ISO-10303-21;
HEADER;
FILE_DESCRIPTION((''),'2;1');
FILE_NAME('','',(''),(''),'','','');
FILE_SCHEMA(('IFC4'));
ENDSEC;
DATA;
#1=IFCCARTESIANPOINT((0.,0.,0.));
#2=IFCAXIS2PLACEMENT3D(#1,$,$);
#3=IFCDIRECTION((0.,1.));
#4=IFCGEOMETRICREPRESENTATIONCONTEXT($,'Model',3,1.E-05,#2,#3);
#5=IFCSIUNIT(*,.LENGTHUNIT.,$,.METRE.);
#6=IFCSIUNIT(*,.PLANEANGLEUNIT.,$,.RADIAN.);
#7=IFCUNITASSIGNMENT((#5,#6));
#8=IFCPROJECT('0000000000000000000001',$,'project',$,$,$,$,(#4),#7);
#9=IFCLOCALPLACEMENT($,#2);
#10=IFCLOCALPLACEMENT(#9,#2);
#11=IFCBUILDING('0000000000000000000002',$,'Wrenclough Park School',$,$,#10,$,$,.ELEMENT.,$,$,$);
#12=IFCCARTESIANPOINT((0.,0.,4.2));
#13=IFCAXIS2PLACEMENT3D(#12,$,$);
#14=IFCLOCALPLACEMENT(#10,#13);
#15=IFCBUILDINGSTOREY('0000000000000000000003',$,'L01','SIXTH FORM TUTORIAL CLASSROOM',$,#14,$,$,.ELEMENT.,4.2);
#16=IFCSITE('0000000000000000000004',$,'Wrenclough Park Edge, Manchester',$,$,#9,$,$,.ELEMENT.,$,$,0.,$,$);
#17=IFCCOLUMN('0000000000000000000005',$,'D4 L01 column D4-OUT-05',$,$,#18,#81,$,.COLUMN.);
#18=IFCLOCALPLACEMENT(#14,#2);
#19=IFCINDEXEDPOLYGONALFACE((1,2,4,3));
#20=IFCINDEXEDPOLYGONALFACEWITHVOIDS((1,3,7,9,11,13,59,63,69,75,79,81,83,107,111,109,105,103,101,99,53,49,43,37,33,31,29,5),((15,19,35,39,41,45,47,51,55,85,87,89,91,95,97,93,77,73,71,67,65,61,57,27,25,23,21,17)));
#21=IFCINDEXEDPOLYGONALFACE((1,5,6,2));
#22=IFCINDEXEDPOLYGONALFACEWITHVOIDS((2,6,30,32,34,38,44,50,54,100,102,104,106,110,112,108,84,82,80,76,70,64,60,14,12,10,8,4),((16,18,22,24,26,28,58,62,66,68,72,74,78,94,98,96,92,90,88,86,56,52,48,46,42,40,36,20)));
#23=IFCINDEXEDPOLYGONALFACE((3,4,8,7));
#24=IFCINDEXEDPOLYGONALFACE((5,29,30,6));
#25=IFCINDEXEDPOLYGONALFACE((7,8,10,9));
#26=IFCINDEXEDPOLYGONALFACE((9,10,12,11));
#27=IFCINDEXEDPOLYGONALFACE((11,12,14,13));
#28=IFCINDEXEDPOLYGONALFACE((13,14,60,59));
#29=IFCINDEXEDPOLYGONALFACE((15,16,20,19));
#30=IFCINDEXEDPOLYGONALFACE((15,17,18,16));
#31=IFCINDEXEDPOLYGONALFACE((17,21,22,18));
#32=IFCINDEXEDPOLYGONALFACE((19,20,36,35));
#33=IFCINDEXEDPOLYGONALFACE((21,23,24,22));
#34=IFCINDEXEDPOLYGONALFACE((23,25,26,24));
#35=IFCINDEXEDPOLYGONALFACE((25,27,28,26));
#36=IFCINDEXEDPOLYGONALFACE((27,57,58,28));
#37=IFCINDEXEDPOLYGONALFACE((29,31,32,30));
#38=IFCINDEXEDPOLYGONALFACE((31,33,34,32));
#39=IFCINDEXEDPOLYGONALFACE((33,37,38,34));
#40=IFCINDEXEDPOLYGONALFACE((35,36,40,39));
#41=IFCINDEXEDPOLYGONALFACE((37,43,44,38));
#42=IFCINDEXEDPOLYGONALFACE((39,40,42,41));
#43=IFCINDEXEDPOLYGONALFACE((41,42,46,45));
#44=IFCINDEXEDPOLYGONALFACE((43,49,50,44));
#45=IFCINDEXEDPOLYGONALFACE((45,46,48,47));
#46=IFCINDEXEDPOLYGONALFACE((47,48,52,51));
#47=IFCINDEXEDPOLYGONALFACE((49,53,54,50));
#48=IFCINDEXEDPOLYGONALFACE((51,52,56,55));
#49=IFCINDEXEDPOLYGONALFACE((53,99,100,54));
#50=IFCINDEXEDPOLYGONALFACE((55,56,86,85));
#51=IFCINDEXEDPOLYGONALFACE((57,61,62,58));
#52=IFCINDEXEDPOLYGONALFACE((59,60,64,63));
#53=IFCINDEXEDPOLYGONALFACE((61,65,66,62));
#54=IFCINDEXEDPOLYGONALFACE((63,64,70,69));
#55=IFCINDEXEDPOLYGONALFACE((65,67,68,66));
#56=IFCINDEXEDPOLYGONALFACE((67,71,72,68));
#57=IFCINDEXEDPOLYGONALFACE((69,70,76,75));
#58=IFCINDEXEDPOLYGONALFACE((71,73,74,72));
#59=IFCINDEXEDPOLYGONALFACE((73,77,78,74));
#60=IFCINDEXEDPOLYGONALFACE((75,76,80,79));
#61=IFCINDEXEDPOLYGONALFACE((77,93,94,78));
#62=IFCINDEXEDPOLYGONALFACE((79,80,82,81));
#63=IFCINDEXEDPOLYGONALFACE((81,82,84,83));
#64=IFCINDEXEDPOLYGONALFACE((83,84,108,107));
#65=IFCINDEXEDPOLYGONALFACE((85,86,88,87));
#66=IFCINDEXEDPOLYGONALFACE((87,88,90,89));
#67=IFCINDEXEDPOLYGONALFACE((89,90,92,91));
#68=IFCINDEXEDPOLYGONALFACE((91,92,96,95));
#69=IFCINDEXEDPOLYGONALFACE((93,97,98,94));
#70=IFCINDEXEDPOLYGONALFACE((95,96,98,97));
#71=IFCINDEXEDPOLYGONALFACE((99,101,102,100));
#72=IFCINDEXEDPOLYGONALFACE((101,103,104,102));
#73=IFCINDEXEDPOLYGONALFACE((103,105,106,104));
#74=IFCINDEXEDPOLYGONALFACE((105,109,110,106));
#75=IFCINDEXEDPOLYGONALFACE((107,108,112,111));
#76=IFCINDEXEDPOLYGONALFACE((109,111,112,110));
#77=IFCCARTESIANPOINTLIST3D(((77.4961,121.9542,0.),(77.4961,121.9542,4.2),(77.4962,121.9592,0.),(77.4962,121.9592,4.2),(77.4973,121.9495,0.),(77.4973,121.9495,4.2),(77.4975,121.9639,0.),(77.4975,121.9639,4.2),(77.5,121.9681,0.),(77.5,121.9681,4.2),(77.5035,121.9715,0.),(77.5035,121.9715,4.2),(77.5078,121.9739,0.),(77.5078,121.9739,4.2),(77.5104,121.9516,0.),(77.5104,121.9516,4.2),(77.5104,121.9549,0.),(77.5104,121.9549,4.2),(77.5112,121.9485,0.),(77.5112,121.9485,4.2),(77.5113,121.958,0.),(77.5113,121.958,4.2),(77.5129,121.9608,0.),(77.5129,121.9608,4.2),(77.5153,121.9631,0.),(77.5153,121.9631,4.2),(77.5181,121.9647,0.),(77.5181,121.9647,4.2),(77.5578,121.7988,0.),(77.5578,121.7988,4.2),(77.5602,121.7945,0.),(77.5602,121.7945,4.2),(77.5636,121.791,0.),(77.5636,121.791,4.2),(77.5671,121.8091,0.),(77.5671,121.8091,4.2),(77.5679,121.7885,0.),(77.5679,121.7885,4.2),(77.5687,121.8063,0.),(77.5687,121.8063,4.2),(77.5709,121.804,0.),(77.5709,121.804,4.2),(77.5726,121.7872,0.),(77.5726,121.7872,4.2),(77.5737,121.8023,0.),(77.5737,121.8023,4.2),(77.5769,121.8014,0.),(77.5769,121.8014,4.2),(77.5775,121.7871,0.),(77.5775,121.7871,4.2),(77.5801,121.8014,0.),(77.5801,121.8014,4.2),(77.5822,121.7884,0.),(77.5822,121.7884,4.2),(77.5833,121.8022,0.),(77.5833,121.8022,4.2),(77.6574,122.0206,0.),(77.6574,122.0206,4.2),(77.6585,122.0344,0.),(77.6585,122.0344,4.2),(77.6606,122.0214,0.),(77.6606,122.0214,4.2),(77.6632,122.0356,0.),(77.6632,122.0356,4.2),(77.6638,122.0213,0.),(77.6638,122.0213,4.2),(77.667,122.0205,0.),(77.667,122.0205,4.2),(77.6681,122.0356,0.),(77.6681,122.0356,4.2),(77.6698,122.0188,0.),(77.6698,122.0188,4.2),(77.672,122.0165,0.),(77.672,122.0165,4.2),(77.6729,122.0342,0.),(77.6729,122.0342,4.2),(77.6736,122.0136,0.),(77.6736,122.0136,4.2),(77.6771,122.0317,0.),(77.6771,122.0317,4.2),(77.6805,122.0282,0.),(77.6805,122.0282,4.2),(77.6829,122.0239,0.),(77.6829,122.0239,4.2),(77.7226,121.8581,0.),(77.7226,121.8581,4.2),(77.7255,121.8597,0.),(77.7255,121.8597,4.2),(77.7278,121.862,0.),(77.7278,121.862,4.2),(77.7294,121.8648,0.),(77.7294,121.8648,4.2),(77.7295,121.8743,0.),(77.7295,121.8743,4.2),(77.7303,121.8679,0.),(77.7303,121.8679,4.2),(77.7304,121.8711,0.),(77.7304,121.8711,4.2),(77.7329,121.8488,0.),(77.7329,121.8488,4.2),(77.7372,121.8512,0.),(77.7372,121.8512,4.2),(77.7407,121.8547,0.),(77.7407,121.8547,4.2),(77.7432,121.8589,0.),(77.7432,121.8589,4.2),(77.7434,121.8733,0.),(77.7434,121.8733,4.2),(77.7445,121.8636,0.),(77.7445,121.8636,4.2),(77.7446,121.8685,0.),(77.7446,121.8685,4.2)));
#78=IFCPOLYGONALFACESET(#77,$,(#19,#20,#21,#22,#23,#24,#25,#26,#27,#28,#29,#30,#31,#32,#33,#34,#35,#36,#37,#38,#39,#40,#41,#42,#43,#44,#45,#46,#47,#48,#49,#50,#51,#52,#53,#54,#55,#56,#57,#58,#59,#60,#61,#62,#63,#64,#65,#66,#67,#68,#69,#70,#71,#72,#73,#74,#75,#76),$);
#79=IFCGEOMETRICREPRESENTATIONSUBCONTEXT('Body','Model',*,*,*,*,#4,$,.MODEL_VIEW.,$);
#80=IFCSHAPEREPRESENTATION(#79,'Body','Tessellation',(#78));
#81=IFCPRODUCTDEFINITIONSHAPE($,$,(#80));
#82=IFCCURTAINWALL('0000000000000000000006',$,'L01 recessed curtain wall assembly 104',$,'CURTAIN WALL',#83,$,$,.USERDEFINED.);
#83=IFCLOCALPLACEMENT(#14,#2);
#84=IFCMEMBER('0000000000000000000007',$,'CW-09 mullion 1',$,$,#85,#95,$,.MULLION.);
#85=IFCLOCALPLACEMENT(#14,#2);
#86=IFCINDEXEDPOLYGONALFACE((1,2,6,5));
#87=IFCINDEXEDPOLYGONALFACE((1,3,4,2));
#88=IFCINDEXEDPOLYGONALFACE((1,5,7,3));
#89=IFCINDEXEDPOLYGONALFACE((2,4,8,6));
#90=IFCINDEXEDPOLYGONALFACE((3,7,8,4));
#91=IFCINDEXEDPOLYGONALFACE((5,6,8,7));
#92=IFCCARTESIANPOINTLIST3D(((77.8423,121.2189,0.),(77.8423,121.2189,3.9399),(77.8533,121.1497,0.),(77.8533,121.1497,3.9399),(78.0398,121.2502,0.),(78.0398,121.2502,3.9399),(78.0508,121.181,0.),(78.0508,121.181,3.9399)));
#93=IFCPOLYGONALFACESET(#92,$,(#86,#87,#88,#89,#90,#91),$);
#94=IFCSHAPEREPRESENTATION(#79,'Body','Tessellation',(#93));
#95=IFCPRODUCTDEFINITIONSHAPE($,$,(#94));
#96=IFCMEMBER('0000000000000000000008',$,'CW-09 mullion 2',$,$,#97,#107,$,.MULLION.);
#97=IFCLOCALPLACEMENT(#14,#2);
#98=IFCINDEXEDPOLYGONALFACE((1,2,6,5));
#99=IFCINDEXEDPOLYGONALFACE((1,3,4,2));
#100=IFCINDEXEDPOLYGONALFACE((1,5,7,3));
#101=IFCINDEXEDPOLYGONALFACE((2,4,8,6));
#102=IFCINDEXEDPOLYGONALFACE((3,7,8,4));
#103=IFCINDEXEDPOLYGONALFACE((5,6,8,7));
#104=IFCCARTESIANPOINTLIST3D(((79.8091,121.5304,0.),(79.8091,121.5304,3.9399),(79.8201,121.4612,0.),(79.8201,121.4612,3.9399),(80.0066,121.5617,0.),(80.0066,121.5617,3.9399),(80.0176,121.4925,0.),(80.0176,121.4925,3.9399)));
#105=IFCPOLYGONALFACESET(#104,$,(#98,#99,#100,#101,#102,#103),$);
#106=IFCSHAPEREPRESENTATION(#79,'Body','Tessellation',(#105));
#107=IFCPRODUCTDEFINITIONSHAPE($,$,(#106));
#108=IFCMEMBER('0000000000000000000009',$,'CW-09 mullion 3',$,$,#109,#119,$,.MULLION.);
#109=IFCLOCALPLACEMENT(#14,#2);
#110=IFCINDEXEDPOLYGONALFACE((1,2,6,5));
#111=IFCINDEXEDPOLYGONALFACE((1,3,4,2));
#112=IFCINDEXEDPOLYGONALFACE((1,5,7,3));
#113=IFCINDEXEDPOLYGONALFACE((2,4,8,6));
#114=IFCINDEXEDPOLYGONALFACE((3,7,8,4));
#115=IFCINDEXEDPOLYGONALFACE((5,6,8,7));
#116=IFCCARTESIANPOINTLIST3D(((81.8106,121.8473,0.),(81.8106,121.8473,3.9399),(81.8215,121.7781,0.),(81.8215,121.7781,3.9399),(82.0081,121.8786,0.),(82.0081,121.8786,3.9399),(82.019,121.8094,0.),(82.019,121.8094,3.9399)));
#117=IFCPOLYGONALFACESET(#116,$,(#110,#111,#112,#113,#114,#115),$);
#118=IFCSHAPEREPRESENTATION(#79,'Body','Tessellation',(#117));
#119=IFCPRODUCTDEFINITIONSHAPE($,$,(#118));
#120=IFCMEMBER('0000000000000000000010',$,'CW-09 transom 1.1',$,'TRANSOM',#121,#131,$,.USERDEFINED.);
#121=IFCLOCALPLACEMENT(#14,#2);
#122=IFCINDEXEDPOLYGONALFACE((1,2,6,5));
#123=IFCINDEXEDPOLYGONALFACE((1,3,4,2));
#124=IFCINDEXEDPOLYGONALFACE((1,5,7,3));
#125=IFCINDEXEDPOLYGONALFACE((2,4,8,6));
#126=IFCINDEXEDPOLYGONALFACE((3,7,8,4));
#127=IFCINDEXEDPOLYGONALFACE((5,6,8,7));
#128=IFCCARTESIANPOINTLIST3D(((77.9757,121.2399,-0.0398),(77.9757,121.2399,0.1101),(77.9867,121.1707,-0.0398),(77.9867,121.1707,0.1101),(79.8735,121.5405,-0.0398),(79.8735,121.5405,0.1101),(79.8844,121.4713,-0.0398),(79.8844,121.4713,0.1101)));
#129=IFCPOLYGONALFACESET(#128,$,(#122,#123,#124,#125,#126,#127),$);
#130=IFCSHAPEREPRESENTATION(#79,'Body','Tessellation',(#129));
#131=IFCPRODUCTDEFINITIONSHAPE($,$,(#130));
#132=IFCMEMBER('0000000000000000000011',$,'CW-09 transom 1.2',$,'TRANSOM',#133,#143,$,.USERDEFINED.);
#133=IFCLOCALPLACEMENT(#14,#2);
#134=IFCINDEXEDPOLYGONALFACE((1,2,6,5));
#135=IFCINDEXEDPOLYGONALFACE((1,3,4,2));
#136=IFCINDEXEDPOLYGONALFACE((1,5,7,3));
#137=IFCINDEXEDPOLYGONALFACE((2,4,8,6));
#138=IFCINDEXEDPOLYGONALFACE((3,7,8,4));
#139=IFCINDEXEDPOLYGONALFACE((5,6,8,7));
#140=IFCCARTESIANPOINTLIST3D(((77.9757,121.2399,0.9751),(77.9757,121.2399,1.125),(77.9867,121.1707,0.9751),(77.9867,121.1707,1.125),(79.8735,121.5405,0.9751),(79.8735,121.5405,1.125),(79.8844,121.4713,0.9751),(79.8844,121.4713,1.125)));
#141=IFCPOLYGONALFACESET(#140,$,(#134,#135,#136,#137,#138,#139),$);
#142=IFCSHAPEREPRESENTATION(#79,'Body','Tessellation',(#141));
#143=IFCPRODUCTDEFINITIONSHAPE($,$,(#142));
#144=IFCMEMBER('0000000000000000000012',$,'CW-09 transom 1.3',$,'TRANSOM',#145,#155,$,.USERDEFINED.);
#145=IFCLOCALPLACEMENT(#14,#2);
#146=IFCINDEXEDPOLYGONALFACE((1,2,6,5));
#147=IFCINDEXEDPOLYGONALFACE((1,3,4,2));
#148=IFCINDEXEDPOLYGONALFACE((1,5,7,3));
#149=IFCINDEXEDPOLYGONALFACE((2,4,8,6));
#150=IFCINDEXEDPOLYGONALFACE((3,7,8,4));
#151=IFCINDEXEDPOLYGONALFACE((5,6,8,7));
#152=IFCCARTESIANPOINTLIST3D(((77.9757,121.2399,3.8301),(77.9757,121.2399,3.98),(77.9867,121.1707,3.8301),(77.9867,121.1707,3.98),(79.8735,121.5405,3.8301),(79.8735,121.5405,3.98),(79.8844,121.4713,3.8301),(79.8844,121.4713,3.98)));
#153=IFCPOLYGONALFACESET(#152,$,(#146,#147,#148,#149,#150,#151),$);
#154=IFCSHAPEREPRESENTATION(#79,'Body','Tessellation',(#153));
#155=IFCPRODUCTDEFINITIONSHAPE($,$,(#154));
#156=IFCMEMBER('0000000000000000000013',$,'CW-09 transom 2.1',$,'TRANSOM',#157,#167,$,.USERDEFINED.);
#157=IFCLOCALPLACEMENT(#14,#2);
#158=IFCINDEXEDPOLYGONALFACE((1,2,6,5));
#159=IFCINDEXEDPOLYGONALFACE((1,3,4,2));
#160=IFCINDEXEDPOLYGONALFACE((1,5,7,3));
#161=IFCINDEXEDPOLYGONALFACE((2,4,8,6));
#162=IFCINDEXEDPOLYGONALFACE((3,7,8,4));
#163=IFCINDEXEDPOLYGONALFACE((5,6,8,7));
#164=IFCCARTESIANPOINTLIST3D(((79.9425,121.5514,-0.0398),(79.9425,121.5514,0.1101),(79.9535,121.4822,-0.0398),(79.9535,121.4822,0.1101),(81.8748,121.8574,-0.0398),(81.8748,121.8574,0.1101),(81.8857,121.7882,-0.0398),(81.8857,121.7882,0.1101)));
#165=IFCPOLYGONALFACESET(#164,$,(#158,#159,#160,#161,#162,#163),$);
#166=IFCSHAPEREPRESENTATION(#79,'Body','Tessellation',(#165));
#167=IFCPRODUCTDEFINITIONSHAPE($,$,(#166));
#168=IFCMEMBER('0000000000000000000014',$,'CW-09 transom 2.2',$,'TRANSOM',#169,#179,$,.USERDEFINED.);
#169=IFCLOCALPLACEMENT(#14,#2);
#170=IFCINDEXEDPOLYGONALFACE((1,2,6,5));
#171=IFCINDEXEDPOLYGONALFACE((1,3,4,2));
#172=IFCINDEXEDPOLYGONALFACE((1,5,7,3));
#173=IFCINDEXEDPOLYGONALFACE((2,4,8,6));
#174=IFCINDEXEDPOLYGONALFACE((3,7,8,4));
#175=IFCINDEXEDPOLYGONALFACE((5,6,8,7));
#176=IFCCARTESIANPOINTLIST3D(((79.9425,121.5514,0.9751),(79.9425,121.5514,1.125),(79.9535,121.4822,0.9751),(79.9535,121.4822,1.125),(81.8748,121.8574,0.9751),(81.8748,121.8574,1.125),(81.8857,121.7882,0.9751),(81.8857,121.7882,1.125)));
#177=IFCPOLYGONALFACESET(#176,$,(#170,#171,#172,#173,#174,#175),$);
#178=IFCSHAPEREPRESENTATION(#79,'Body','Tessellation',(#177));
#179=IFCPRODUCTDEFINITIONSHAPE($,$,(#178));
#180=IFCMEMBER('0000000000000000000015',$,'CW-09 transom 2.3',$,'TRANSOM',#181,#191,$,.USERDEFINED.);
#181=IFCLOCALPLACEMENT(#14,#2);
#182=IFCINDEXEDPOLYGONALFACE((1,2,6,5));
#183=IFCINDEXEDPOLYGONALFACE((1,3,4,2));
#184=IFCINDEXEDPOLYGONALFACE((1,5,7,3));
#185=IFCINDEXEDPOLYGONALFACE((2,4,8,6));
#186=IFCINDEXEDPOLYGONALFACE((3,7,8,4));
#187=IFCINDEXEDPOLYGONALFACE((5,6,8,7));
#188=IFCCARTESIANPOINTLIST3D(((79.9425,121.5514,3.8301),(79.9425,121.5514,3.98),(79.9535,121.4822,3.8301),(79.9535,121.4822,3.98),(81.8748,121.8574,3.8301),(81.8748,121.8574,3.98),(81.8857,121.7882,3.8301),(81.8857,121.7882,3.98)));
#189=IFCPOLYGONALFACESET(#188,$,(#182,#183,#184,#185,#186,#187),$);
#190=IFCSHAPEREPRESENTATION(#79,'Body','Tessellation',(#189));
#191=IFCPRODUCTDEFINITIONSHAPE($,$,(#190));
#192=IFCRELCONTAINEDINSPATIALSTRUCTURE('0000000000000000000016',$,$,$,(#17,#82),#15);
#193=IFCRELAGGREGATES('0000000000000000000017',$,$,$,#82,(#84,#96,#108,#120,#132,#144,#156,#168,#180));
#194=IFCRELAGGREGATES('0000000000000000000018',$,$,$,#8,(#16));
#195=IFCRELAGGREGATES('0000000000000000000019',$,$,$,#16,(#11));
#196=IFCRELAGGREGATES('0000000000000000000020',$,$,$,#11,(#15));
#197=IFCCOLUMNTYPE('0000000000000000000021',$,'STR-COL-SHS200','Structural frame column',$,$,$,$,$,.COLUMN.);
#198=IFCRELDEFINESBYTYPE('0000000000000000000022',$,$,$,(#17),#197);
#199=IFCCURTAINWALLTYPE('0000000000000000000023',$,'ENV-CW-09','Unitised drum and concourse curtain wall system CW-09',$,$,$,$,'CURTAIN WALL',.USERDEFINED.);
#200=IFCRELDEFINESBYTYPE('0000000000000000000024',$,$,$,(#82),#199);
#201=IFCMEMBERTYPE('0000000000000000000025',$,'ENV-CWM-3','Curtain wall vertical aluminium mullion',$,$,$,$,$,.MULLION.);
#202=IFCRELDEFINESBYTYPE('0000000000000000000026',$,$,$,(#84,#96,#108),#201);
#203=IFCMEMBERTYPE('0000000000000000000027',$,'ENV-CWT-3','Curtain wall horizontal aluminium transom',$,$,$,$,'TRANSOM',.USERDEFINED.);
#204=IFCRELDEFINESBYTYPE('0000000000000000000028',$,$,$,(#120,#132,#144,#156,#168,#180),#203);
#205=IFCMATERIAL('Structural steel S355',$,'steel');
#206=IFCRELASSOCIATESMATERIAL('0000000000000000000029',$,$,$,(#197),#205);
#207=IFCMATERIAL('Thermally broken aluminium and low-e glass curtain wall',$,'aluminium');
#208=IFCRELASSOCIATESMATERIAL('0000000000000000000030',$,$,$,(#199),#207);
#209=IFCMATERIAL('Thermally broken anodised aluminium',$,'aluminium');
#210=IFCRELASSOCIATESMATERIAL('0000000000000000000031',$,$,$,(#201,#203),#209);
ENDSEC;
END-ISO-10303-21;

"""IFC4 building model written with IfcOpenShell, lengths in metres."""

from ifc_helpers import new_model, si_unit, direction, frame, origin, origin_2d, place, context, subcontext, project, spatial, rectangle, hollow_rectangle, extrude, material, material_profile, profile_set, type_object, element, aggregate, save


model = new_model("IFC4")

# Units and contexts
model_context = context("Model", 3, precision=1e-05, world=origin(), true_north=direction((0.0, 1.0)))
body_context = subcontext(model_context, "Body", "Model", "MODEL_VIEW")
ifc_project = project(units=[si_unit("LENGTHUNIT", "METRE"), si_unit("PLANEANGLEUNIT", "RADIAN")], contexts=[model_context])

# Site, building, storey
site_placement = place(None, origin())
site = spatial("IfcSite", under=ifc_project, at=site_placement, Name="Wrenclough Park Edge, Manchester", CompositionType="ELEMENT", RefElevation=0.0)
building_placement = place(site_placement, origin())
building = spatial("IfcBuilding", under=site, at=building_placement, Name="Wrenclough Park School", CompositionType="ELEMENT")
storey_placement = place(building_placement, frame((0.0, 0.0, 4.2)))
storey = spatial("IfcBuildingStorey", under=building, at=storey_placement, Name="L01", Description="SIXTH FORM TUTORIAL CLASSROOM", CompositionType="ELEMENT", Elevation=4.2)

# Column
ifc_material_1 = material(Name="Structural steel S355", Category="steel")
ifc_material_profile_1 = material_profile(ifc_material_1, hollow_rectangle(XDim=0.2, YDim=0.2, WallThickness=0.0125, InnerFilletRadius=0.0125, OuterFilletRadius=0.0188, at=origin_2d()), Name="SHS 200x200x12.5")
ifc_profile_set_1 = profile_set([ifc_material_profile_1], Name="Structural steel S355")
column_type = type_object("IfcColumnType", Name="STR-COL-SHS200", Description="Structural frame column", PredefinedType="COLUMN", material=ifc_profile_set_1)
column_placement = place(storey_placement, frame((77.6204, 121.9114, 0.0), z_axis=(0.0, 0.0, 1.0), x_axis=(-0.928096, -0.37234, 0.0)))
element("IfcColumn", 1, at=column_placement, inside=storey, type_object=column_type, Name="D4 L01 column D4-OUT-05", PredefinedType="COLUMN", context=body_context, shape_type="SweptSolid", body=[
    extrude(hollow_rectangle(XDim=0.2, YDim=0.2, WallThickness=0.0125, InnerFilletRadius=0.0125, OuterFilletRadius=0.0188, at=origin_2d()), origin(), (0.0, 0.0, 1.0), 4.2),
])

# Curtain wall, members
ifc_material_2 = material(Name="Thermally broken aluminium and low-e glass curtain wall", Category="aluminium")
curtain_wall_type = type_object("IfcCurtainWallType", Name="ENV-CW-09", Description="Unitised drum and concourse curtain wall system CW-09", ElementType="CURTAIN WALL", PredefinedType="USERDEFINED", material=ifc_material_2)
curtain_wall_placement = place(storey_placement, origin())
curtain_wall = element("IfcCurtainWall", 2, at=curtain_wall_placement, inside=storey, type_object=curtain_wall_type, Name="L01 recessed curtain wall assembly 104", ObjectType="CURTAIN WALL", PredefinedType="USERDEFINED")
ifc_material_3 = material(Name="Thermally broken anodised aluminium", Category="aluminium")
ifc_material_profile_2 = material_profile(ifc_material_3, rectangle(XDim=0.0701, YDim=0.2, at=origin_2d()), Name="AL MULLION 70x200")
ifc_profile_set_2 = profile_set([ifc_material_profile_2], Name="Thermally broken anodised aluminium")
member_type_1 = type_object("IfcMemberType", Name="ENV-CWM-3", Description="Curtain wall vertical aluminium mullion", PredefinedType="MULLION", material=ifc_profile_set_2)
member_1_placement = place(storey_placement, frame((77.9465, 121.2, 0.0), z_axis=(0.0, 0.0, 1.0), x_axis=(-0.156425, 0.98769, 0.0)))
member_1 = element("IfcMember", 3, at=member_1_placement, type_object=member_type_1, Name="CW-09 mullion 1", PredefinedType="MULLION", context=body_context, shape_type="SweptSolid", body=[
    extrude(rectangle(XDim=0.0701, YDim=0.2, at=origin_2d()), origin(), (0.0, 0.0, 1.0), 3.9399),
])
member_2_placement = place(storey_placement, frame((79.9133, 121.5115, 0.0), z_axis=(0.0, 0.0, 1.0), x_axis=(-0.156425, 0.98769, 0.0)))
member_2 = element("IfcMember", 4, at=member_2_placement, type_object=member_type_1, Name="CW-09 mullion 2", PredefinedType="MULLION", context=body_context, shape_type="SweptSolid", body=[
    extrude(rectangle(XDim=0.0701, YDim=0.2, at=origin_2d()), origin(), (0.0, 0.0, 1.0), 3.9399),
])
member_3_placement = place(storey_placement, frame((81.9148, 121.8284, 0.0), z_axis=(0.0, 0.0, 1.0), x_axis=(-0.156425, 0.98769, 0.0)))
member_3 = element("IfcMember", 5, at=member_3_placement, type_object=member_type_1, Name="CW-09 mullion 3", PredefinedType="MULLION", context=body_context, shape_type="SweptSolid", body=[
    extrude(rectangle(XDim=0.0701, YDim=0.2, at=origin_2d()), origin(), (0.0, 0.0, 1.0), 3.9399),
])
ifc_material_profile_3 = material_profile(ifc_material_3, rectangle(XDim=0.0701, YDim=0.1499, at=origin_2d()), Name="AL TRANSOM 70x150")
ifc_profile_set_3 = profile_set([ifc_material_profile_3], Name="Thermally broken anodised aluminium")
member_type_2 = type_object("IfcMemberType", Name="ENV-CWT-3", Description="Curtain wall horizontal aluminium transom", ElementType="TRANSOM", PredefinedType="USERDEFINED", material=ifc_profile_set_3)
member_4_placement = place(storey_placement, frame((77.9812, 121.2053, 0.0352), z_axis=(0.987691, 0.156419, 0.0), x_axis=(-0.156419, 0.987691, 0.0)))
member_4 = element("IfcMember", 6, at=member_4_placement, type_object=member_type_2, Name="CW-09 transom 1.1", ObjectType="TRANSOM", PredefinedType="USERDEFINED", context=body_context, shape_type="SweptSolid", body=[
    extrude(rectangle(XDim=0.0701, YDim=0.1499, at=origin_2d()), origin(), (0.0, 0.0, 1.0), 1.9214),
])
member_5_placement = place(storey_placement, frame((77.9812, 121.2053, 1.05), z_axis=(0.987691, 0.156419, 0.0), x_axis=(-0.156419, 0.987691, 0.0)))
member_5 = element("IfcMember", 7, at=member_5_placement, type_object=member_type_2, Name="CW-09 transom 1.2", ObjectType="TRANSOM", PredefinedType="USERDEFINED", context=body_context, shape_type="SweptSolid", body=[
    extrude(rectangle(XDim=0.0701, YDim=0.1499, at=origin_2d()), origin(), (0.0, 0.0, 1.0), 1.9214),
])
member_6_placement = place(storey_placement, frame((77.9812, 121.2053, 3.905), z_axis=(0.987691, 0.156419, 0.0), x_axis=(-0.156419, 0.987691, 0.0)))
member_6 = element("IfcMember", 8, at=member_6_placement, type_object=member_type_2, Name="CW-09 transom 1.3", ObjectType="TRANSOM", PredefinedType="USERDEFINED", context=body_context, shape_type="SweptSolid", body=[
    extrude(rectangle(XDim=0.0701, YDim=0.1499, at=origin_2d()), origin(), (0.0, 0.0, 1.0), 1.9214),
])
member_7_placement = place(storey_placement, frame((79.948, 121.5168, 0.0352), z_axis=(0.987697, 0.156379, 0.0), x_axis=(-0.156379, 0.987697, 0.0)))
member_7 = element("IfcMember", 9, at=member_7_placement, type_object=member_type_2, Name="CW-09 transom 2.1", ObjectType="TRANSOM", PredefinedType="USERDEFINED", context=body_context, shape_type="SweptSolid", body=[
    extrude(rectangle(XDim=0.0701, YDim=0.1499, at=origin_2d()), origin(), (0.0, 0.0, 1.0), 1.9563),
])
member_8_placement = place(storey_placement, frame((79.948, 121.5168, 1.05), z_axis=(0.987697, 0.156379, 0.0), x_axis=(-0.156379, 0.987697, 0.0)))
member_8 = element("IfcMember", 10, at=member_8_placement, type_object=member_type_2, Name="CW-09 transom 2.2", ObjectType="TRANSOM", PredefinedType="USERDEFINED", context=body_context, shape_type="SweptSolid", body=[
    extrude(rectangle(XDim=0.0701, YDim=0.1499, at=origin_2d()), origin(), (0.0, 0.0, 1.0), 1.9563),
])
member_9_placement = place(storey_placement, frame((79.948, 121.5168, 3.905), z_axis=(0.987697, 0.156379, 0.0), x_axis=(-0.156379, 0.987697, 0.0)))
member_9 = element("IfcMember", 11, at=member_9_placement, type_object=member_type_2, Name="CW-09 transom 2.3", ObjectType="TRANSOM", PredefinedType="USERDEFINED", context=body_context, shape_type="SweptSolid", body=[
    extrude(rectangle(XDim=0.0701, YDim=0.1499, at=origin_2d()), origin(), (0.0, 0.0, 1.0), 1.9563),
])

aggregate(curtain_wall, [member_1, member_2, member_3, member_4, member_5, member_6, member_7, member_8, member_9])

save(model, "model.ifc")
